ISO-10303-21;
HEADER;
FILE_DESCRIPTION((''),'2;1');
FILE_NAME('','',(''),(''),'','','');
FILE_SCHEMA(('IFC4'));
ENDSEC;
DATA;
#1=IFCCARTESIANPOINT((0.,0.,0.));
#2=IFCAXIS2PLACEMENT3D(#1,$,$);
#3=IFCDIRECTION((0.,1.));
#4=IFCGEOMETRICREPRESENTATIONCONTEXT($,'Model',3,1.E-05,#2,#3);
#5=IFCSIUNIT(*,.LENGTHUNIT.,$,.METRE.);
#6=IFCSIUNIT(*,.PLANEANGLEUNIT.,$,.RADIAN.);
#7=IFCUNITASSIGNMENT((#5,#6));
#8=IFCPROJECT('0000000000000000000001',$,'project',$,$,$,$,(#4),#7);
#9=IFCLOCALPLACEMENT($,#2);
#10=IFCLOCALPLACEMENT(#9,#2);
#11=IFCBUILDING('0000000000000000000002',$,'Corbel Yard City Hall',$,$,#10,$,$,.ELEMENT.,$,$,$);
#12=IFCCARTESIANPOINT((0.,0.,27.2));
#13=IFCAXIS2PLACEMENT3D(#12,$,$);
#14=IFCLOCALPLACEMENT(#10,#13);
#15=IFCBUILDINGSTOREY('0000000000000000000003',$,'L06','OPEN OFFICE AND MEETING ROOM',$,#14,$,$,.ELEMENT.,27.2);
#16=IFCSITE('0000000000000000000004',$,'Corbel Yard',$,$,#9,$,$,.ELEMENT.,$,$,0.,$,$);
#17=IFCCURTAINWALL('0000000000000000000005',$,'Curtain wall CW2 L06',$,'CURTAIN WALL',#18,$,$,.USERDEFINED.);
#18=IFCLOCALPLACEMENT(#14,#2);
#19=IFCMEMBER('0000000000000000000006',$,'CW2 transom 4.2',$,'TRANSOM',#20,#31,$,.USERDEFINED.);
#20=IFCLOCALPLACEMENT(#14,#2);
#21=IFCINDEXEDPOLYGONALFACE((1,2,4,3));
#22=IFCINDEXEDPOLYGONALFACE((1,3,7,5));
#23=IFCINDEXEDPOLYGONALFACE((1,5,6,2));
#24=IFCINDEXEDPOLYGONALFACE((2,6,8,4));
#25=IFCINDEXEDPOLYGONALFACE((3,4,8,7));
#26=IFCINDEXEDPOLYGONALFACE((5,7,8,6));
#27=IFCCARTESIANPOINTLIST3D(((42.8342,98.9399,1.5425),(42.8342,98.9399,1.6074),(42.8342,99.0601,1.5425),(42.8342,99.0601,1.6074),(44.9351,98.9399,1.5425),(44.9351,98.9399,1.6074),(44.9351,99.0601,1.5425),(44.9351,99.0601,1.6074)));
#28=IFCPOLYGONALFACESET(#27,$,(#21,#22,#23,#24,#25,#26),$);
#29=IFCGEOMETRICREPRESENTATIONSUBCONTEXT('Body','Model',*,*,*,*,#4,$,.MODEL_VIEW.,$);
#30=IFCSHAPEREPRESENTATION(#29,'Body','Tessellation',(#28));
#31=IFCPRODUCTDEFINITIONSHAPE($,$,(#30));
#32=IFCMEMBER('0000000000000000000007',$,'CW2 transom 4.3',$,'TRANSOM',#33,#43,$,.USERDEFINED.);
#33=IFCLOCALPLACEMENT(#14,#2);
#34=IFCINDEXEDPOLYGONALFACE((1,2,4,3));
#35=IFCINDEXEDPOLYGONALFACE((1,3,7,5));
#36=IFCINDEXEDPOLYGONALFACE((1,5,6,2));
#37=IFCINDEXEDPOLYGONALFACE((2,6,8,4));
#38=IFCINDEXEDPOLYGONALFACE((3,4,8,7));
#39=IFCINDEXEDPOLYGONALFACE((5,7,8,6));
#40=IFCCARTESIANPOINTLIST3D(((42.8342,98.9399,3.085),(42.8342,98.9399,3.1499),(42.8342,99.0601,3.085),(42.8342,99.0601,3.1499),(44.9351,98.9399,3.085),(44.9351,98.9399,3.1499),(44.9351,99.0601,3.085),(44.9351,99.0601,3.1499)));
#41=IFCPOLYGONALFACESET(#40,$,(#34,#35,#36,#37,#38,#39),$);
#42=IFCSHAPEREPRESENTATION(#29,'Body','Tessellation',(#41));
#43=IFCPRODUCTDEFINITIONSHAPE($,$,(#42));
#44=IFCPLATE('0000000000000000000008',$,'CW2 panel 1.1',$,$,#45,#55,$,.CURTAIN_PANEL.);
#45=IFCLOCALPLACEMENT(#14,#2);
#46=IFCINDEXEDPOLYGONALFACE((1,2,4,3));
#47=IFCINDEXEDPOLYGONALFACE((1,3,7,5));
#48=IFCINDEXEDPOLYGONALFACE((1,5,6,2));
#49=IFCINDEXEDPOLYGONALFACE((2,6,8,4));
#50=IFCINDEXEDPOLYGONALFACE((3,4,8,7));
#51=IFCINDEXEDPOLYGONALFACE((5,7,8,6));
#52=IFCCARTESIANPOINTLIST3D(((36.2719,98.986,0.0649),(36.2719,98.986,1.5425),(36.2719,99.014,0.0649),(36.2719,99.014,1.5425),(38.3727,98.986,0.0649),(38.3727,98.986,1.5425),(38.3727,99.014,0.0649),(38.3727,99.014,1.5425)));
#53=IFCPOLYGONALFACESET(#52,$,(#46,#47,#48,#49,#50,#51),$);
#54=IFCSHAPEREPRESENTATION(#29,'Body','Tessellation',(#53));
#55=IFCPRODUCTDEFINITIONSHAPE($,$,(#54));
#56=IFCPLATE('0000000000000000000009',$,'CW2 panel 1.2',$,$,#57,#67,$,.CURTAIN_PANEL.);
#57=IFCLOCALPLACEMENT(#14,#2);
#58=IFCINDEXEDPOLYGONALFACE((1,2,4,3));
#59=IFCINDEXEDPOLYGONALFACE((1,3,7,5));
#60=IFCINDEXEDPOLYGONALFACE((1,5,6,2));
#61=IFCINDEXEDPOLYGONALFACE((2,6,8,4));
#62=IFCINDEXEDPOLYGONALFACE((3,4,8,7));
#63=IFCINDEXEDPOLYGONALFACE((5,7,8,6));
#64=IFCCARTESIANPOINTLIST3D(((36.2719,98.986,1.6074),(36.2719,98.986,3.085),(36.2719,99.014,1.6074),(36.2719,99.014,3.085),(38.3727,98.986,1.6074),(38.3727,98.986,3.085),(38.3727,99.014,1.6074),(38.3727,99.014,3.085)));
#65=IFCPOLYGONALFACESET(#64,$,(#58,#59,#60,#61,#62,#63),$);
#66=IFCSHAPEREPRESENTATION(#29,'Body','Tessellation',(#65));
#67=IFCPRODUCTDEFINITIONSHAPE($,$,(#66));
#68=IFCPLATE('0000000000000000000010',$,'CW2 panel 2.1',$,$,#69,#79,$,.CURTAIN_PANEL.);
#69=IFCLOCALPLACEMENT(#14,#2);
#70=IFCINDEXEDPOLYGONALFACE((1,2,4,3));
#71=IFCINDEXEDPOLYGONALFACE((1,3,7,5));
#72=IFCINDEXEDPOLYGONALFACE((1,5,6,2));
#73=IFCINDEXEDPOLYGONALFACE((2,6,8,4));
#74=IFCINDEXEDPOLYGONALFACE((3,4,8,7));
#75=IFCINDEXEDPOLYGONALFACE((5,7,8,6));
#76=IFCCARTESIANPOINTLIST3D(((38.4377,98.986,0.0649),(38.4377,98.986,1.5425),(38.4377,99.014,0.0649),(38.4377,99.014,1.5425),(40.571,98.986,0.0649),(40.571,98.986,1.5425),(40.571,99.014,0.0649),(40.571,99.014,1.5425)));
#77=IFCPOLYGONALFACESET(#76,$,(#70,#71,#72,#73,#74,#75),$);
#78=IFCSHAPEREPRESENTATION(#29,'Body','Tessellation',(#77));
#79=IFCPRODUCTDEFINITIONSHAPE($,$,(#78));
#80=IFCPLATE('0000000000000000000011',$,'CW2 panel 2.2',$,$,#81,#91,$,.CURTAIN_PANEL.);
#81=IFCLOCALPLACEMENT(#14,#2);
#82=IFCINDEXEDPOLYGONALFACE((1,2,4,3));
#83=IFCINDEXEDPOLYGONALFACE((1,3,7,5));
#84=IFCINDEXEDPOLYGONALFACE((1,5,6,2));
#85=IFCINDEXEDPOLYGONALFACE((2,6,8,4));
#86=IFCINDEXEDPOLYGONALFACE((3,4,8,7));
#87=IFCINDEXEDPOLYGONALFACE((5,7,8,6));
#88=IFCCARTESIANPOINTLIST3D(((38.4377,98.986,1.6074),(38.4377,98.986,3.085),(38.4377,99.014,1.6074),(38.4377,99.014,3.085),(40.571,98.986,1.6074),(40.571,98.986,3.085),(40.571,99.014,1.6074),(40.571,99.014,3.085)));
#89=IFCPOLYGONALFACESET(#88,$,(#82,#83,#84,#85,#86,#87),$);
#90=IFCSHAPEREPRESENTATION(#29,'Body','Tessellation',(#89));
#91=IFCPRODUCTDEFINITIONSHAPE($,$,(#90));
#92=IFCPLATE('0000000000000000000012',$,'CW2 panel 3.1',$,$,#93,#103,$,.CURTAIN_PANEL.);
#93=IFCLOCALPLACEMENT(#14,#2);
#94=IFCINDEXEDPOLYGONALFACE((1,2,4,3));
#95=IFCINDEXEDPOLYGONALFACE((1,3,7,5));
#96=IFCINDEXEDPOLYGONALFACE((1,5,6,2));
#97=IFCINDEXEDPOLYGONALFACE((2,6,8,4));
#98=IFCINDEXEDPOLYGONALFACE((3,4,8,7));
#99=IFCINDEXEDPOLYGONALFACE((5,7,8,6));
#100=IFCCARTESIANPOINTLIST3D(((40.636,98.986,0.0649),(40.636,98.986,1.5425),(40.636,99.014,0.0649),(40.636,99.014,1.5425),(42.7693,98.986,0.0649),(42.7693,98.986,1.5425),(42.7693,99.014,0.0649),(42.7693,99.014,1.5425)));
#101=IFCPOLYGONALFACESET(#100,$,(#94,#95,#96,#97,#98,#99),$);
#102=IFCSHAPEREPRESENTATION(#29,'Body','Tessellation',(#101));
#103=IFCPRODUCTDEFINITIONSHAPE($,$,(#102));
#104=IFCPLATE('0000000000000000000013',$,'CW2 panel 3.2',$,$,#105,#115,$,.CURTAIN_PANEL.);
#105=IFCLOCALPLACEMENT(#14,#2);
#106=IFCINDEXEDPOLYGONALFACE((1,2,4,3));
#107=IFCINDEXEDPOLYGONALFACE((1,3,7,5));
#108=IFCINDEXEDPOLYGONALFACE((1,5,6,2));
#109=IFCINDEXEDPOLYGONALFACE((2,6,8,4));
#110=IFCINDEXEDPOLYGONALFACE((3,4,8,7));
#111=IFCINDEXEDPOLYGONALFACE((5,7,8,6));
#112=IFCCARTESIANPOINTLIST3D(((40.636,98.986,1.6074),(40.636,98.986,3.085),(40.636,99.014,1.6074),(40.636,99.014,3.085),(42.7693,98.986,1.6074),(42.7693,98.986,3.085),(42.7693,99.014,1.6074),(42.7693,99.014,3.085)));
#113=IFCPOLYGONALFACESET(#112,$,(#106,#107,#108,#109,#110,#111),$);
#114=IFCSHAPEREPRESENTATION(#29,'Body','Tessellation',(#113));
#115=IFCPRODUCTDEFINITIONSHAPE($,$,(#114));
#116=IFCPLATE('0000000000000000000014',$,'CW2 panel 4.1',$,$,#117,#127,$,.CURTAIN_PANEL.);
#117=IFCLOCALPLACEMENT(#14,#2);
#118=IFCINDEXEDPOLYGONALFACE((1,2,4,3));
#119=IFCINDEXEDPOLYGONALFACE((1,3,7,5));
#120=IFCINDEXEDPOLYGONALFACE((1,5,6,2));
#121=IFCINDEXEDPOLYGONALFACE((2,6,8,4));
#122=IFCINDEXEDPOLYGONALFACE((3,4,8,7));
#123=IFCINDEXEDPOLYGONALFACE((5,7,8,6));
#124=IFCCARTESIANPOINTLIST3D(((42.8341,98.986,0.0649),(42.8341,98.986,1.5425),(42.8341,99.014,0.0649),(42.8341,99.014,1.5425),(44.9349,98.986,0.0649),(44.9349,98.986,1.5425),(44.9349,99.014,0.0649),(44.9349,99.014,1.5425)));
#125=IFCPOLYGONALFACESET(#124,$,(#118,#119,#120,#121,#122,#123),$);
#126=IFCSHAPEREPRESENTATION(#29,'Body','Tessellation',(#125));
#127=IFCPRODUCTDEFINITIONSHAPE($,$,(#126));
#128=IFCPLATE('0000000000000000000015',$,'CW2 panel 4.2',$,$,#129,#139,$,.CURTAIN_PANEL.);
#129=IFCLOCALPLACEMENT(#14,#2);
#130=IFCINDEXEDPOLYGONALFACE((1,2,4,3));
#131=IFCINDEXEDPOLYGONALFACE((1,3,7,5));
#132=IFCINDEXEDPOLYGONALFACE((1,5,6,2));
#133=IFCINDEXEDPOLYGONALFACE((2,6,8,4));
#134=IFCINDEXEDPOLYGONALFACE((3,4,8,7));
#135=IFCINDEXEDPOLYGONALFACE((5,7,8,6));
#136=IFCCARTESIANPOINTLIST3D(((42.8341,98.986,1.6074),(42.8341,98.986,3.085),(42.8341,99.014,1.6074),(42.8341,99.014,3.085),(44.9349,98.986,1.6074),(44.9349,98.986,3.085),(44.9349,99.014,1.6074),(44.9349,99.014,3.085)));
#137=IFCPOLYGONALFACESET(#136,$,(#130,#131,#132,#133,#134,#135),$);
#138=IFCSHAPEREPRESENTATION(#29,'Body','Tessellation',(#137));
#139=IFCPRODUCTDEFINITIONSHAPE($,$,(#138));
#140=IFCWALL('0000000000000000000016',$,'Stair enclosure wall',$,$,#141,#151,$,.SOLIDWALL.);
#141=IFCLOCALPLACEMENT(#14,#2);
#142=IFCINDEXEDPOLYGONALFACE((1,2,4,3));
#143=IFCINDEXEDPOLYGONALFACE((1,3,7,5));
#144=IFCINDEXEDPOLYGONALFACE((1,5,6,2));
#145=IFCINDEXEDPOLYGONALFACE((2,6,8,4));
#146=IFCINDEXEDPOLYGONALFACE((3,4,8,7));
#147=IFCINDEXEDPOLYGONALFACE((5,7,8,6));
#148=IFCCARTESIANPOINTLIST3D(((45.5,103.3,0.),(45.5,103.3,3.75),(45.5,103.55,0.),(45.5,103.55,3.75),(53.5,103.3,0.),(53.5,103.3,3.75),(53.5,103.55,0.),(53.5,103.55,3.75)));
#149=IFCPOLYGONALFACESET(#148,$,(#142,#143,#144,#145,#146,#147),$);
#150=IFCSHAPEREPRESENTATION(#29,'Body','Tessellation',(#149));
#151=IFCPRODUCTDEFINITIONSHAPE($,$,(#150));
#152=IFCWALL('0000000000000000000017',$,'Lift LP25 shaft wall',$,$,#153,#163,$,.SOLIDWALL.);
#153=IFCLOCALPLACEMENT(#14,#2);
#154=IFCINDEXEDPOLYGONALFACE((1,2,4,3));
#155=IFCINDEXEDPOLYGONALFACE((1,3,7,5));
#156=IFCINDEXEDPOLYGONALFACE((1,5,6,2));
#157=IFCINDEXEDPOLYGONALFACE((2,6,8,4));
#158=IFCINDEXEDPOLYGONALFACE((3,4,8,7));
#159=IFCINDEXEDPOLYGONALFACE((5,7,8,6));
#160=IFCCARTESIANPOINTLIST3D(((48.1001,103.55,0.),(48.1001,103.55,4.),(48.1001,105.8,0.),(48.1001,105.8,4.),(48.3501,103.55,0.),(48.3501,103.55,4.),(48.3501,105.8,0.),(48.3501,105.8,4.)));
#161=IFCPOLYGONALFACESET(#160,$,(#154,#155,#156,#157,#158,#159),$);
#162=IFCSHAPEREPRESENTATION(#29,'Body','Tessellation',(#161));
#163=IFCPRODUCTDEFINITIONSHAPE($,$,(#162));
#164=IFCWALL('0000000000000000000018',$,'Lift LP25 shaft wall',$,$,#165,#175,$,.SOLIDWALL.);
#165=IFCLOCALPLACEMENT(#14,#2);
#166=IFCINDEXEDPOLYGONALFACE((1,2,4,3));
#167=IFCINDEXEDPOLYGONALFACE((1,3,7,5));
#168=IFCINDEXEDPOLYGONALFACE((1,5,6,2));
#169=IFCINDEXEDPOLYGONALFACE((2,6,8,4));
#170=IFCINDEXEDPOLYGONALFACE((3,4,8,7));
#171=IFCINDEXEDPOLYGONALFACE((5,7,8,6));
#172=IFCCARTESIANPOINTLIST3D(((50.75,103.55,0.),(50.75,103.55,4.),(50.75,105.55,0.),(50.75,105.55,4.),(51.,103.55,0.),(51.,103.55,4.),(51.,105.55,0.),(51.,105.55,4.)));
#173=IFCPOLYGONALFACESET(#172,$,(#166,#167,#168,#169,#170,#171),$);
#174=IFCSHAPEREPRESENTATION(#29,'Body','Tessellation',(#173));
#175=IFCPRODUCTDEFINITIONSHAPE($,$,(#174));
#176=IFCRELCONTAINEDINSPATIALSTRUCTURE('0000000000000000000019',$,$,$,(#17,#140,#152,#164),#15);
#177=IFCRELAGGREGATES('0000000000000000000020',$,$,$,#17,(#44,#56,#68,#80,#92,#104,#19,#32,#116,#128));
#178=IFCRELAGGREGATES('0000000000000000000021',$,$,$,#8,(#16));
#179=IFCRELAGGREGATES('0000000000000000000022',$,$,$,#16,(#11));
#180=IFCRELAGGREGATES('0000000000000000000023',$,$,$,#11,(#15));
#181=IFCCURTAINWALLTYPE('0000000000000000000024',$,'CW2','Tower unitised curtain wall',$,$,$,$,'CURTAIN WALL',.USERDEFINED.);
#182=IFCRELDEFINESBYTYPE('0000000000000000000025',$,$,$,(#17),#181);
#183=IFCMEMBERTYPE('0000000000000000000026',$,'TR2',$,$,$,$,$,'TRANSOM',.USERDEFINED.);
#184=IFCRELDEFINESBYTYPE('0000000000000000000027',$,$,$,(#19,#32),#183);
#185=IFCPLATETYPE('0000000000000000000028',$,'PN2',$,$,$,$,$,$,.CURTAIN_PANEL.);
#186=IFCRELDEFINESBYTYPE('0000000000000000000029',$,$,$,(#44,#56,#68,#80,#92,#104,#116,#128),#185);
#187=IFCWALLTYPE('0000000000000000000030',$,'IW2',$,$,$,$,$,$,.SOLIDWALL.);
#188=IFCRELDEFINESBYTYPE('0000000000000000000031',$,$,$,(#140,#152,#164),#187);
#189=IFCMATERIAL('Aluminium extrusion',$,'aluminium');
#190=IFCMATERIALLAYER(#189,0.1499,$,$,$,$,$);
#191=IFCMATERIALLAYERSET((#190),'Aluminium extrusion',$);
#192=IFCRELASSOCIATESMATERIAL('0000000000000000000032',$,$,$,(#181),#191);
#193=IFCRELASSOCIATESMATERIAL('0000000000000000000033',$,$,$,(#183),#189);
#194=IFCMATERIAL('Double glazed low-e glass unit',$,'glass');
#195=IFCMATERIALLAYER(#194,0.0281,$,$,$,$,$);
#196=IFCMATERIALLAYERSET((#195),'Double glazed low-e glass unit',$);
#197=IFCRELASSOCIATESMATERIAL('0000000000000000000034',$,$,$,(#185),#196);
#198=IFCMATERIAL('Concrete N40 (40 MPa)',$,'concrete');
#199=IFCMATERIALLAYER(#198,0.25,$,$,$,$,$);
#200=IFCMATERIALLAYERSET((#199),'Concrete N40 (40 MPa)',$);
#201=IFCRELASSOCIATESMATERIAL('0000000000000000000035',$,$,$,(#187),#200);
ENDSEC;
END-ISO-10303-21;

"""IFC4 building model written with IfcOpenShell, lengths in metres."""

from ifc_helpers import new_model, si_unit, direction, frame, frame_2d, origin, origin_2d, place, context, subcontext, project, spatial, rectangle, extrude, material, layer, layer_set, material_profile, profile_set, type_object, element, aggregate, save


model = new_model("IFC4")

# Units and contexts
model_context = context("Model", 3, precision=1e-05, world=origin(), true_north=direction((0.0, 1.0)))
body_context = subcontext(model_context, "Body", "Model", "MODEL_VIEW")
ifc_project = project(units=[si_unit("LENGTHUNIT", "METRE"), si_unit("PLANEANGLEUNIT", "RADIAN")], contexts=[model_context])

# Site, building, storey
site_placement = place(None, origin())
site = spatial("IfcSite", under=ifc_project, at=site_placement, Name="Corbel Yard", CompositionType="ELEMENT", RefElevation=0.0)
building_placement = place(site_placement, origin())
building = spatial("IfcBuilding", under=site, at=building_placement, Name="Corbel Yard City Hall", CompositionType="ELEMENT")
storey_placement = place(building_placement, frame((0.0, 0.0, 27.2)))
storey = spatial("IfcBuildingStorey", under=building, at=storey_placement, Name="L06", Description="OPEN OFFICE AND MEETING ROOM", CompositionType="ELEMENT", Elevation=27.2)

# Curtain wall, members, plates
ifc_material_1 = material(Name="Aluminium extrusion", Category="aluminium")
ifc_layer_1 = layer(ifc_material_1, 0.1499)
ifc_layer_set_1 = layer_set([ifc_layer_1], Name="Aluminium extrusion")
curtain_wall_type = type_object("IfcCurtainWallType", Name="CW2", Description="Tower unitised curtain wall", ElementType="CURTAIN WALL", PredefinedType="USERDEFINED", material=ifc_layer_set_1)
curtain_wall_placement = place(storey_placement, origin())
curtain_wall = element("IfcCurtainWall", 1, at=curtain_wall_placement, inside=storey, type_object=curtain_wall_type, Name="Curtain wall CW2 L06", ObjectType="CURTAIN WALL", PredefinedType="USERDEFINED")
ifc_material_profile_1 = material_profile(ifc_material_1, rectangle(XDim=0.1201, YDim=0.0649, at=origin_2d()), Name="120x65")
ifc_profile_set_1 = profile_set([ifc_material_profile_1], Name="Aluminium extrusion")
member_type_1 = type_object("IfcMemberType", Name="TR2", ElementType="TRANSOM", PredefinedType="USERDEFINED", material=ifc_profile_set_1)
member_1_placement = place(storey_placement, frame((42.8342, 99.0, 1.575), z_axis=(1.0, 0.0, 0.0), x_axis=(0.0, 1.0, 0.0)))
member_1 = element("IfcMember", 2, at=member_1_placement, type_object=member_type_1, Name="CW2 transom 4.2", ObjectType="TRANSOM", PredefinedType="USERDEFINED", context=body_context, shape_type="SweptSolid", body=[
    extrude(rectangle(XDim=0.1201, YDim=0.0649, at=origin_2d()), origin(), (0.0, 0.0, 1.0), 2.1008),
])
member_2_placement = place(storey_placement, frame((42.8342, 99.0, 3.1174), z_axis=(1.0, 0.0, 0.0), x_axis=(0.0, 1.0, 0.0)))
member_2 = element("IfcMember", 3, at=member_2_placement, type_object=member_type_1, Name="CW2 transom 4.3", ObjectType="TRANSOM", PredefinedType="USERDEFINED", context=body_context, shape_type="SweptSolid", body=[
    extrude(rectangle(XDim=0.1201, YDim=0.0649, at=origin_2d()), origin(), (0.0, 0.0, 1.0), 2.1008),
])
ifc_material_2 = material(Name="Double glazed low-e glass unit", Category="glass")
ifc_layer_2 = layer(ifc_material_2, 0.0281)
ifc_layer_set_2 = layer_set([ifc_layer_2], Name="Double glazed low-e glass unit")
plate_type = type_object("IfcPlateType", Name="PN2", PredefinedType="CURTAIN_PANEL", material=ifc_layer_set_2)
plate_1_placement = place(storey_placement, frame((37.3223, 99.0, 0.0649), z_axis=(0.0, 0.0, 1.0), x_axis=(1.0, 0.0, 0.0)))
plate_1 = element("IfcPlate", 4, at=plate_1_placement, type_object=plate_type, Name="CW2 panel 1.1", PredefinedType="CURTAIN_PANEL", context=body_context, shape_type="SweptSolid", body=[
    extrude(rectangle(XDim=2.1008, YDim=0.0281, at=origin_2d()), origin(), (0.0, 0.0, 1.0), 1.4775),
])
plate_2_placement = place(storey_placement, frame((37.3223, 99.0, 1.6074), z_axis=(0.0, 0.0, 1.0), x_axis=(1.0, 0.0, 0.0)))
plate_2 = element("IfcPlate", 5, at=plate_2_placement, type_object=plate_type, Name="CW2 panel 1.2", PredefinedType="CURTAIN_PANEL", context=body_context, shape_type="SweptSolid", body=[
    extrude(rectangle(XDim=2.1008, YDim=0.0281, at=origin_2d()), origin(), (0.0, 0.0, 1.0), 1.4775),
])
plate_3_placement = place(storey_placement, frame((39.5044, 99.0, 0.0649), z_axis=(0.0, 0.0, 1.0), x_axis=(1.0, 0.0, 0.0)))
plate_3 = element("IfcPlate", 6, at=plate_3_placement, type_object=plate_type, Name="CW2 panel 2.1", PredefinedType="CURTAIN_PANEL", context=body_context, shape_type="SweptSolid", body=[
    extrude(rectangle(XDim=2.1333, YDim=0.0281, at=origin_2d()), origin(), (0.0, 0.0, 1.0), 1.4775),
])
plate_4_placement = place(storey_placement, frame((39.5044, 99.0, 1.6074), z_axis=(0.0, 0.0, 1.0), x_axis=(1.0, 0.0, 0.0)))
plate_4 = element("IfcPlate", 7, at=plate_4_placement, type_object=plate_type, Name="CW2 panel 2.2", PredefinedType="CURTAIN_PANEL", context=body_context, shape_type="SweptSolid", body=[
    extrude(rectangle(XDim=2.1333, YDim=0.0281, at=origin_2d()), origin(), (0.0, 0.0, 1.0), 1.4775),
])
plate_5_placement = place(storey_placement, frame((41.7026, 99.0, 0.0649), z_axis=(0.0, 0.0, 1.0), x_axis=(1.0, 0.0, 0.0)))
plate_5 = element("IfcPlate", 8, at=plate_5_placement, type_object=plate_type, Name="CW2 panel 3.1", PredefinedType="CURTAIN_PANEL", context=body_context, shape_type="SweptSolid", body=[
    extrude(rectangle(XDim=2.1333, YDim=0.0281, at=origin_2d()), origin(), (0.0, 0.0, 1.0), 1.4775),
])
plate_6_placement = place(storey_placement, frame((41.7026, 99.0, 1.6074), z_axis=(0.0, 0.0, 1.0), x_axis=(1.0, 0.0, 0.0)))
plate_6 = element("IfcPlate", 9, at=plate_6_placement, type_object=plate_type, Name="CW2 panel 3.2", PredefinedType="CURTAIN_PANEL", context=body_context, shape_type="SweptSolid", body=[
    extrude(rectangle(XDim=2.1333, YDim=0.0281, at=origin_2d()), origin(), (0.0, 0.0, 1.0), 1.4775),
])
plate_7_placement = place(storey_placement, frame((43.8845, 99.0, 0.0649), z_axis=(0.0, 0.0, 1.0), x_axis=(1.0, 0.0, 0.0)))
plate_7 = element("IfcPlate", 10, at=plate_7_placement, type_object=plate_type, Name="CW2 panel 4.1", PredefinedType="CURTAIN_PANEL", context=body_context, shape_type="SweptSolid", body=[
    extrude(rectangle(XDim=2.1008, YDim=0.0281, at=origin_2d()), origin(), (0.0, 0.0, 1.0), 1.4775),
])
plate_8_placement = place(storey_placement, frame((43.8845, 99.0, 1.6074), z_axis=(0.0, 0.0, 1.0), x_axis=(1.0, 0.0, 0.0)))
plate_8 = element("IfcPlate", 11, at=plate_8_placement, type_object=plate_type, Name="CW2 panel 4.2", PredefinedType="CURTAIN_PANEL", context=body_context, shape_type="SweptSolid", body=[
    extrude(rectangle(XDim=2.1008, YDim=0.0281, at=origin_2d()), origin(), (0.0, 0.0, 1.0), 1.4775),
])
aggregate(curtain_wall, [plate_1, plate_2, plate_3, plate_4, plate_5, plate_6, member_1, member_2, plate_7, plate_8])

# Walls
ifc_material_3 = material(Name="Concrete N40 (40 MPa)", Category="concrete")
ifc_layer_3 = layer(ifc_material_3, 0.25)
ifc_layer_set_3 = layer_set([ifc_layer_3], Name="Concrete N40 (40 MPa)")
wall_type_1 = type_object("IfcWallType", Name="IW2", PredefinedType="SOLIDWALL", material=ifc_layer_set_3)
wall_1_placement = place(storey_placement, frame((45.5, 103.425, 0.0), z_axis=(0.0, 0.0, 1.0), x_axis=(1.0, 0.0, 0.0)))
element("IfcWall", 12, at=wall_1_placement, inside=storey, type_object=wall_type_1, Name="Stair enclosure wall", PredefinedType="SOLIDWALL", context=body_context, shape_type="SweptSolid", body=[
    extrude(rectangle(XDim=8.0, YDim=0.25, at=frame_2d((4.0, 0.0))), origin(), (0.0, 0.0, 1.0), 3.75),
])
wall_2_placement = place(storey_placement, frame((48.2251, 103.55, 0.0), z_axis=(0.0, 0.0, 1.0), x_axis=(0.0, 1.0, 0.0)))
element("IfcWall", 13, at=wall_2_placement, inside=storey, type_object=wall_type_1, Name="Lift LP25 shaft wall", PredefinedType="SOLIDWALL", context=body_context, shape_type="SweptSolid", body=[
    extrude(rectangle(XDim=2.25, YDim=0.25, at=frame_2d((1.125, 0.0))), origin(), (0.0, 0.0, 1.0), 4.0),
])
wall_3_placement = place(storey_placement, frame((50.875, 103.55, 0.0), z_axis=(0.0, 0.0, 1.0), x_axis=(0.0, 1.0, 0.0)))
element("IfcWall", 14, at=wall_3_placement, inside=storey, type_object=wall_type_1, Name="Lift LP25 shaft wall", PredefinedType="SOLIDWALL", context=body_context, shape_type="SweptSolid", body=[
    extrude(rectangle(XDim=2.0, YDim=0.25, at=frame_2d((1.0, 0.0))), origin(), (0.0, 0.0, 1.0), 4.0),
])

save(model, "model.ifc")
